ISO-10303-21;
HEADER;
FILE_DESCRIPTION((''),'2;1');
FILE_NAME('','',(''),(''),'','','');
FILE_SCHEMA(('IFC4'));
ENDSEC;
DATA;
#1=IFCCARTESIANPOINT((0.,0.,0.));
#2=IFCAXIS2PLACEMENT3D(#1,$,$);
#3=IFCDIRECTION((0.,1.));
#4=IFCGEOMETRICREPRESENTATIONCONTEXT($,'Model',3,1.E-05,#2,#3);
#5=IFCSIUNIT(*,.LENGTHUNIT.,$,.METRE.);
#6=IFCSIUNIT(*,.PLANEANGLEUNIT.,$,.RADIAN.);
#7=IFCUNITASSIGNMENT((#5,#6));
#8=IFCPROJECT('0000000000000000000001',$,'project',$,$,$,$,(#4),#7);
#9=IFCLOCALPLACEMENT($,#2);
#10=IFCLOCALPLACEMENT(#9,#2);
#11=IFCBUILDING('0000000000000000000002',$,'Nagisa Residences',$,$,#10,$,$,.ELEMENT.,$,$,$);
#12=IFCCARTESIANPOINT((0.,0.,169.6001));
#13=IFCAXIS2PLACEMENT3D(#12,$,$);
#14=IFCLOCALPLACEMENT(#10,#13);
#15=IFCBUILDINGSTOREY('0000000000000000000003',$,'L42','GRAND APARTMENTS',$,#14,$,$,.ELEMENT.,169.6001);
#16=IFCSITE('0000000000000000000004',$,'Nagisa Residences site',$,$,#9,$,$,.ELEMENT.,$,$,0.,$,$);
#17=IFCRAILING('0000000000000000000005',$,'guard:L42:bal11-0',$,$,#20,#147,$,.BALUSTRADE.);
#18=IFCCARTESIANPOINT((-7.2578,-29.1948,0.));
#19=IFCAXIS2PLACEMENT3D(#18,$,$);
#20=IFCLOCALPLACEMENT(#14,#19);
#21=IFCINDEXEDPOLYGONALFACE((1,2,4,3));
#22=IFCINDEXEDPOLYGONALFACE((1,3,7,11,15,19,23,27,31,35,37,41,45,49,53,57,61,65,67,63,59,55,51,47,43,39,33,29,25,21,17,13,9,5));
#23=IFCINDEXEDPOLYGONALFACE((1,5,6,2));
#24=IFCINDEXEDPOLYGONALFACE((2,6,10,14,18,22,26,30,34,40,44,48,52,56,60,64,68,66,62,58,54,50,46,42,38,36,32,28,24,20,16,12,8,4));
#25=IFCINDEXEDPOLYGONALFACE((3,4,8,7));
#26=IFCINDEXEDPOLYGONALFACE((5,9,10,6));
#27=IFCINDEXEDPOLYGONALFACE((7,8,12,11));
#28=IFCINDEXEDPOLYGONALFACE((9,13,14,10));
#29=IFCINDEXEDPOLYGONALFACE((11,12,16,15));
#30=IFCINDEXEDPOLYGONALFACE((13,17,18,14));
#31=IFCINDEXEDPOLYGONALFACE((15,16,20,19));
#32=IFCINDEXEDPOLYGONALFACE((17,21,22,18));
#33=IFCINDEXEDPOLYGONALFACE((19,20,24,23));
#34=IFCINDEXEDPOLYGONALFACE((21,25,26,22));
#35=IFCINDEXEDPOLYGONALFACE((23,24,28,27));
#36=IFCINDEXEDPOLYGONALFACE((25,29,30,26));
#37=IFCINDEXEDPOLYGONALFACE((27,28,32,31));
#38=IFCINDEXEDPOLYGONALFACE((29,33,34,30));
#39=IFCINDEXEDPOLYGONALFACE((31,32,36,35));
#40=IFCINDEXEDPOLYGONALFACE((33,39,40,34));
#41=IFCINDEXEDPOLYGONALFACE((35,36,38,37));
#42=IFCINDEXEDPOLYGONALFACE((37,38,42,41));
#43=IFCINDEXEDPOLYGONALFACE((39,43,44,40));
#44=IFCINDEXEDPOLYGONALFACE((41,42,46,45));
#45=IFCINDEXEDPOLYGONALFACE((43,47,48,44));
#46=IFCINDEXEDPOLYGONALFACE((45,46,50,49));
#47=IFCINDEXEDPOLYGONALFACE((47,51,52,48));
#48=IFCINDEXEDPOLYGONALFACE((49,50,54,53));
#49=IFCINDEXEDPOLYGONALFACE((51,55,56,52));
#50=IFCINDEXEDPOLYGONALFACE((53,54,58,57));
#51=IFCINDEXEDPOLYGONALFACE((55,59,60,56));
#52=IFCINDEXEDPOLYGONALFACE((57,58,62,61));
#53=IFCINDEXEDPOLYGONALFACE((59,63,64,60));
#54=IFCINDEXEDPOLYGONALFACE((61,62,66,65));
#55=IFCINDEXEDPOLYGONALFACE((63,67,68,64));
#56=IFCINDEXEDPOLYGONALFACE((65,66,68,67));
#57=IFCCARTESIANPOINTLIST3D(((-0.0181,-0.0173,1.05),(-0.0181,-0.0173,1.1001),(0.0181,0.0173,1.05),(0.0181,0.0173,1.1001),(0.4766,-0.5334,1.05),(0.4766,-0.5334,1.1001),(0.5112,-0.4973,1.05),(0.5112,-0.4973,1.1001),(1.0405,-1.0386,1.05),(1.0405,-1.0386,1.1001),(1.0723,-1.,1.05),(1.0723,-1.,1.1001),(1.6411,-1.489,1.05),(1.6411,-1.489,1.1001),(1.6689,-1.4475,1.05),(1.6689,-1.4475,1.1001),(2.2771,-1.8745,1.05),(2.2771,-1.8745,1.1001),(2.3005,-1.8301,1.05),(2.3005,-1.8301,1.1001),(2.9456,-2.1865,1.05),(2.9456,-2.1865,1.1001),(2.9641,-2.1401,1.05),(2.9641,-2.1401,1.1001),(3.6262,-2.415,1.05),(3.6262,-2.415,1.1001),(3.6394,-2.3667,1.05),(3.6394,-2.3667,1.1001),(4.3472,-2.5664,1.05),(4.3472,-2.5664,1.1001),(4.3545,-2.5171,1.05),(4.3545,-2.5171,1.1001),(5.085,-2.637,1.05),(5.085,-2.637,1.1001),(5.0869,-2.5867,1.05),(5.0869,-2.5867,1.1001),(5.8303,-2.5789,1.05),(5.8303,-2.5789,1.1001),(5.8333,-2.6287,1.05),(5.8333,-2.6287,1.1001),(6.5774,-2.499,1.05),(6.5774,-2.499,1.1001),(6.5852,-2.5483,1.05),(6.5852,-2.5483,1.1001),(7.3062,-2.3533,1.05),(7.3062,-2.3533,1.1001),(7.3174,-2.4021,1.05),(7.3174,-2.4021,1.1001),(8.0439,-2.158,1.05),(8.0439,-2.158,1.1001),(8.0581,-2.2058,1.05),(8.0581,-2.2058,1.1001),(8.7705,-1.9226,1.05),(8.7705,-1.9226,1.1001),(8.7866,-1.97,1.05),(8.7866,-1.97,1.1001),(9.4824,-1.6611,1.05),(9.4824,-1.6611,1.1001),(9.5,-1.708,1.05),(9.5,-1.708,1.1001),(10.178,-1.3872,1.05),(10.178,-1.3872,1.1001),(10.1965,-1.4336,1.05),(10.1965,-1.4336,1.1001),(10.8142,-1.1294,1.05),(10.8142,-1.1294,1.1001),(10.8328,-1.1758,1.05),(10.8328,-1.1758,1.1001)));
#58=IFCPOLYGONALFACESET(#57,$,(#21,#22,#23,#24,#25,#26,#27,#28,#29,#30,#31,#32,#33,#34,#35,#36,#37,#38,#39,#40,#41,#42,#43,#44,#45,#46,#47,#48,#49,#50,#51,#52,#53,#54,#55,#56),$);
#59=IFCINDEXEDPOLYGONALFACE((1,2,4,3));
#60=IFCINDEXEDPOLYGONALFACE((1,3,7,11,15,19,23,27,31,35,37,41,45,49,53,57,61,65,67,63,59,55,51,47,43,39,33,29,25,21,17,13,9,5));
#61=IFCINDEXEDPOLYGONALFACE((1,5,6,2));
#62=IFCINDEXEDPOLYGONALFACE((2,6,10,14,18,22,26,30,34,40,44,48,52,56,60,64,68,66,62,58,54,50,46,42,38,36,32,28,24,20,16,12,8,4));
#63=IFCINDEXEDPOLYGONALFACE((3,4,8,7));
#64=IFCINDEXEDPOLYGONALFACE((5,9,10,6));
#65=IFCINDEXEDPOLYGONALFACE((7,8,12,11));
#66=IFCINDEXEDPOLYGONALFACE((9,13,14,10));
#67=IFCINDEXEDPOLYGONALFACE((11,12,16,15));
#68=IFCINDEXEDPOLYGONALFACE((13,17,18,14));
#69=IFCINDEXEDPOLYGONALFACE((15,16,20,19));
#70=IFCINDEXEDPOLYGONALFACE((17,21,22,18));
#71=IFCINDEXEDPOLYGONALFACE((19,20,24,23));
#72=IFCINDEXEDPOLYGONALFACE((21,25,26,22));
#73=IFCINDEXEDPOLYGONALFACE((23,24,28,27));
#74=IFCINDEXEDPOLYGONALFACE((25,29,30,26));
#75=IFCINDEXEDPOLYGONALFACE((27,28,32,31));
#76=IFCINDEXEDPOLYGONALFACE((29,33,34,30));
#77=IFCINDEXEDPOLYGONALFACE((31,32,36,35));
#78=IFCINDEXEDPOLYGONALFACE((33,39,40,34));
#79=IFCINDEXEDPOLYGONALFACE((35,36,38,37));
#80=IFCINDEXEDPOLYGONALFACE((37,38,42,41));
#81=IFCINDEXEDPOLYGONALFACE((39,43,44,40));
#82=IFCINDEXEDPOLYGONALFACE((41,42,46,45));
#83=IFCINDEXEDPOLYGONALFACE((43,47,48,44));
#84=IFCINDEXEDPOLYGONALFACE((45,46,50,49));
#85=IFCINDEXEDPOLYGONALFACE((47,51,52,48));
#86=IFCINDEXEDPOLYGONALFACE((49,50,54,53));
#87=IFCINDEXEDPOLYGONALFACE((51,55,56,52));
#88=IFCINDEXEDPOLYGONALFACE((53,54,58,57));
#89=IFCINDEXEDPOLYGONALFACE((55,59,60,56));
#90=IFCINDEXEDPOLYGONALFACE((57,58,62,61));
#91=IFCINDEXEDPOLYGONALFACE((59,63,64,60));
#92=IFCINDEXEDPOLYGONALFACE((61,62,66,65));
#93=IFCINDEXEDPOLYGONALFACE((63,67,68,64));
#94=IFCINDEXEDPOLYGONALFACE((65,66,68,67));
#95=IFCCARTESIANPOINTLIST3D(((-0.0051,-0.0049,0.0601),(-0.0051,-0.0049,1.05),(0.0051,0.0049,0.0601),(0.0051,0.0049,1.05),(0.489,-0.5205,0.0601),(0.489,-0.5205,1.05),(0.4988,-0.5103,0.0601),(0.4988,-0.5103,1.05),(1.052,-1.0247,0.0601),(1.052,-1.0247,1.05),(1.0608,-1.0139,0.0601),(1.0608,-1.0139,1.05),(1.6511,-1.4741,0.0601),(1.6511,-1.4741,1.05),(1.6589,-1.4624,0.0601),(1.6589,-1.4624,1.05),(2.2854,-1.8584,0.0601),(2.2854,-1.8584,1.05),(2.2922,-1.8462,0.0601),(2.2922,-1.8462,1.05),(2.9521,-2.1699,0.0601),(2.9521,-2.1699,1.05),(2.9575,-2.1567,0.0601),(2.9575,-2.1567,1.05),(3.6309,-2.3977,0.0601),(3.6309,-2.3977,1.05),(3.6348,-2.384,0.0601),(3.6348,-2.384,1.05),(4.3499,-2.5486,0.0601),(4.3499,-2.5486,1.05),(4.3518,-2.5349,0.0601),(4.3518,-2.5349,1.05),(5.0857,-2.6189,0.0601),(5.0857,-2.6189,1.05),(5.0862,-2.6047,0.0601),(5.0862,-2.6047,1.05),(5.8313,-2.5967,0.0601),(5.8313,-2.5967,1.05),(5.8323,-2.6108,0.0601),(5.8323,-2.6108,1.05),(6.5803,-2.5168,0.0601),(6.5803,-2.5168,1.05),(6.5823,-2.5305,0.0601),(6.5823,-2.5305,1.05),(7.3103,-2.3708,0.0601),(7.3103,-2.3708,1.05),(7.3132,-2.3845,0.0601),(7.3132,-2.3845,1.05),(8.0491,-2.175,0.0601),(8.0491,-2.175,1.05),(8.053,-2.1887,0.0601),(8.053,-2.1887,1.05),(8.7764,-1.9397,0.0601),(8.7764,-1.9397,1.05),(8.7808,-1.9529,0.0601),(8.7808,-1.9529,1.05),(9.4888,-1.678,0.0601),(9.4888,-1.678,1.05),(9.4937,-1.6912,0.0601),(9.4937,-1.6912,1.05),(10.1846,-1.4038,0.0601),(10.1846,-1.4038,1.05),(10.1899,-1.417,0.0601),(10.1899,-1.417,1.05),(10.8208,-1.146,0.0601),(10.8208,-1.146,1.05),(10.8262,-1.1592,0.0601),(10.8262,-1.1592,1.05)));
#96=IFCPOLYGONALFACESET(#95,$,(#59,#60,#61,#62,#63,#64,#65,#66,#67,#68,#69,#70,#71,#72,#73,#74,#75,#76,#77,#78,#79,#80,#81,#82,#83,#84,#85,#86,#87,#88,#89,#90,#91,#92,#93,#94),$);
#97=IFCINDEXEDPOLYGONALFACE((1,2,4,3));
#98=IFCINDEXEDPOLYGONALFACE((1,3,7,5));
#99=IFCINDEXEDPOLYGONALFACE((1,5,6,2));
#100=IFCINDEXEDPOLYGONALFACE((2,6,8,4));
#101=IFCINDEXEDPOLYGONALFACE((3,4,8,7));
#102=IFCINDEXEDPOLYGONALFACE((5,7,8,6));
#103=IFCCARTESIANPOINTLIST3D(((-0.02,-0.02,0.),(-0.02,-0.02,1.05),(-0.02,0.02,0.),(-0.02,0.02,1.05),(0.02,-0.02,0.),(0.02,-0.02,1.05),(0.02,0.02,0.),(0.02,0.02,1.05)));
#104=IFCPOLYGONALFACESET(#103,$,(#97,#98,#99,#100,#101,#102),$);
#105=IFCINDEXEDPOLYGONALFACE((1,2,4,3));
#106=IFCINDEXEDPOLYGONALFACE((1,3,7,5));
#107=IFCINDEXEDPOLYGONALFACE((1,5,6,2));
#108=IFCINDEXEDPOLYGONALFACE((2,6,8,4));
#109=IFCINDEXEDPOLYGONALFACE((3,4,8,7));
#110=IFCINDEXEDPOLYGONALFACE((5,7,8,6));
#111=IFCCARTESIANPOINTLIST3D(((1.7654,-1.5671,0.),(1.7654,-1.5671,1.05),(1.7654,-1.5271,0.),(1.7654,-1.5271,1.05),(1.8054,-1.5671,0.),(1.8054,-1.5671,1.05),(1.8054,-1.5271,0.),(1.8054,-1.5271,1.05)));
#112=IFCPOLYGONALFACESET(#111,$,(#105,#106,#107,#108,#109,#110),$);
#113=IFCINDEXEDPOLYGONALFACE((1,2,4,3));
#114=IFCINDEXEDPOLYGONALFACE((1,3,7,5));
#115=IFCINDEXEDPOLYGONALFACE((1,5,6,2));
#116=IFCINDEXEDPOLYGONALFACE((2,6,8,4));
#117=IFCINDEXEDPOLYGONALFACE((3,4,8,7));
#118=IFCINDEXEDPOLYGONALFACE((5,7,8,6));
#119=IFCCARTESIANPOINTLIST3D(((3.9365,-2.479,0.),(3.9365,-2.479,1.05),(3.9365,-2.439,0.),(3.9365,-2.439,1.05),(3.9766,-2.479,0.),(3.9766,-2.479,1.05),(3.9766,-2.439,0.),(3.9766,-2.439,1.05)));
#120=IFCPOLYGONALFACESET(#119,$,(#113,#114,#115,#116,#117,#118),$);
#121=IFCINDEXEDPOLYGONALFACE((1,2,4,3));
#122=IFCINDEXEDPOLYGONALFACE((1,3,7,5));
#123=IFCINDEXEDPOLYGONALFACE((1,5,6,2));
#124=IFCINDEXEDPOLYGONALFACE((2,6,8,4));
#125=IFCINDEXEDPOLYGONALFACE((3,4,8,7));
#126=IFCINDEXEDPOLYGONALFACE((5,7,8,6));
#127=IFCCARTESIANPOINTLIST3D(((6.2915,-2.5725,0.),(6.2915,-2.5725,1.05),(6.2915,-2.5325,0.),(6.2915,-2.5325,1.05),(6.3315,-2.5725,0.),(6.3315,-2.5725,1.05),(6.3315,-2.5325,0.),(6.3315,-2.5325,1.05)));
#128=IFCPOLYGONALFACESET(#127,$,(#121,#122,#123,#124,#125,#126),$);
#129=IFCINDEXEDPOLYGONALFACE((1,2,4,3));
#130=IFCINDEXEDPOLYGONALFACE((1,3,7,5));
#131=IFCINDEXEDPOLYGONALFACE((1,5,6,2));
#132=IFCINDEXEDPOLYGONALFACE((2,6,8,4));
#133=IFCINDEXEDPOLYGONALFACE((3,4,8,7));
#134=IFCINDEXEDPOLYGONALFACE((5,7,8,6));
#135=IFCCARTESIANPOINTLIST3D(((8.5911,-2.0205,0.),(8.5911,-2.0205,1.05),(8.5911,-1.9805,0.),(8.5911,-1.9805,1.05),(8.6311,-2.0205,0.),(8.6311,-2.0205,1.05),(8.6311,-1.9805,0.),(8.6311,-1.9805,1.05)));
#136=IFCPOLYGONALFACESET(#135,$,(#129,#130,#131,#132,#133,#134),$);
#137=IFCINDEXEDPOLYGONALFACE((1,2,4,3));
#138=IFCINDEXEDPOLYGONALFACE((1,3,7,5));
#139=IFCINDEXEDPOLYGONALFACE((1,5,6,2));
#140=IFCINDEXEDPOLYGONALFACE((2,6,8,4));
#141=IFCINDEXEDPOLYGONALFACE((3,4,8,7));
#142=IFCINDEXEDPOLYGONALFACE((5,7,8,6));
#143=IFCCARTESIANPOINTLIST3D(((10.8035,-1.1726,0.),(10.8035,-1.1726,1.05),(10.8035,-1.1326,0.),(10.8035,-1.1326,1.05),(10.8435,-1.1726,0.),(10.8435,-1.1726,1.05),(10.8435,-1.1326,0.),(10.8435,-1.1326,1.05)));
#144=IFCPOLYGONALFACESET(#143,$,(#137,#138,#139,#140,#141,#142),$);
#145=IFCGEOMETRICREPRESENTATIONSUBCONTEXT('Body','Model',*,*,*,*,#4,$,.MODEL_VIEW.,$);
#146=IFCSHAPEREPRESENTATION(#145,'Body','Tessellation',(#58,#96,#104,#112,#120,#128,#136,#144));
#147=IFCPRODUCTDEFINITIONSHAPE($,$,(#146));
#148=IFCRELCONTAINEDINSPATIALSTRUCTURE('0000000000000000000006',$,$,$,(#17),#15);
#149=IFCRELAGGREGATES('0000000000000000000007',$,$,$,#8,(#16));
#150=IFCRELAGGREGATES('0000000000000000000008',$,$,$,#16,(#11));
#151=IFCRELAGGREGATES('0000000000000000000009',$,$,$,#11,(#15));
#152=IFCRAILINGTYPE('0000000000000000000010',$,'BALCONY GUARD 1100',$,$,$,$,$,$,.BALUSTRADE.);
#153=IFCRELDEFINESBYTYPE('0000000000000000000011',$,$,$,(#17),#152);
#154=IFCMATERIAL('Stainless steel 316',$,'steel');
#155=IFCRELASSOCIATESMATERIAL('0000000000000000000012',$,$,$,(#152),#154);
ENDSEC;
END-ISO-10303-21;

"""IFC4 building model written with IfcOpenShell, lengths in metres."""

from ifc_helpers import new_model, si_unit, direction, frame, origin, origin_2d, place, context, subcontext, project, spatial, polyline, rectangle, outline, extrude, material, type_object, element, save


model = new_model("IFC4")

# Units and contexts
model_context = context("Model", 3, precision=1e-05, world=origin(), true_north=direction((0.0, 1.0)))
body_context = subcontext(model_context, "Body", "Model", "MODEL_VIEW")
ifc_project = project(units=[si_unit("LENGTHUNIT", "METRE"), si_unit("PLANEANGLEUNIT", "RADIAN")], contexts=[model_context])

# Site, building, storey
site_placement = place(None, origin())
site = spatial("IfcSite", under=ifc_project, at=site_placement, Name="Nagisa Residences site", CompositionType="ELEMENT", RefElevation=0.0)
building_placement = place(site_placement, origin())
building = spatial("IfcBuilding", under=site, at=building_placement, Name="Nagisa Residences", CompositionType="ELEMENT")
storey_placement = place(building_placement, frame((0.0, 0.0, 169.6001)))
storey = spatial("IfcBuildingStorey", under=building, at=storey_placement, Name="L42", Description="GRAND APARTMENTS", CompositionType="ELEMENT", Elevation=169.6001)

# Railing
ifc_material_1 = material(Name="Stainless steel 316", Category="steel")
railing_type = type_object("IfcRailingType", Name="BALCONY GUARD 1100", PredefinedType="BALUSTRADE", material=ifc_material_1)
railing_placement = place(storey_placement, frame((-7.2578, -29.1948, 0.0)))
element("IfcRailing", 1, at=railing_placement, inside=storey, type_object=railing_type, Name="guard:L42:bal11-0", PredefinedType="BALUSTRADE", context=body_context, shape_type="SweptSolid", body=[
    extrude(outline(polyline([(0.5112, -0.4973), (0.0181, 0.0173), (-0.0181, -0.0173), (0.4766, -0.5334), (1.0405, -1.0386), (1.6411, -1.489), (2.2771, -1.8745), (2.9456, -2.1865), (3.6262, -2.415), (4.3472, -2.5664), (5.085, -2.637), (5.8333, -2.6287), (6.5852, -2.5483), (7.3174, -2.4021), (8.0581, -2.2058), (8.7866, -1.97), (9.5, -1.708), (10.1965, -1.4336), (10.8328, -1.1758), (10.8142, -1.1294), (10.178, -1.3872), (9.4824, -1.6611), (8.7705, -1.9226), (8.0439, -2.158), (7.3062, -2.3533), (6.5774, -2.499), (5.8303, -2.5789), (5.0869, -2.5867), (4.3545, -2.5171), (3.6394, -2.3667), (2.9641, -2.1401), (2.3005, -1.8301), (1.6689, -1.4475), (1.0723, -1.0), (0.5112, -0.4973)])), frame((0.0, 0.0, 1.05)), (0.0, 0.0, 1.0), 0.05),
    extrude(outline(polyline([(0.4988, -0.5103), (0.0051, 0.0049), (-0.0051, -0.0049), (0.489, -0.5205), (1.052, -1.0247), (1.6511, -1.4741), (2.2854, -1.8584), (2.9521, -2.1699), (3.6309, -2.3977), (4.3499, -2.5486), (5.0857, -2.6189), (5.8323, -2.6108), (6.5823, -2.5305), (7.3132, -2.3845), (8.053, -2.1887), (8.7808, -1.9529), (9.4937, -1.6912), (10.1899, -1.417), (10.8262, -1.1592), (10.8208, -1.146), (10.1846, -1.4038), (9.4888, -1.678), (8.7764, -1.9397), (8.0491, -2.175), (7.3103, -2.3708), (6.5803, -2.5168), (5.8313, -2.5967), (5.0862, -2.6047), (4.3518, -2.5349), (3.6348, -2.384), (2.9575, -2.1567), (2.2922, -1.8462), (1.6589, -1.4624), (1.0608, -1.0139), (0.4988, -0.5103)])), frame((0.0, 0.0, 0.0601)), (0.0, 0.0, 1.0), 0.99),
    extrude(rectangle(XDim=0.04, YDim=0.04, at=origin_2d()), origin(), (0.0, 0.0, 1.0), 1.05),
    extrude(rectangle(XDim=0.04, YDim=0.04, at=origin_2d()), frame((1.7854, -1.5471, 0.0)), (0.0, 0.0, 1.0), 1.05),
    extrude(rectangle(XDim=0.04, YDim=0.04, at=origin_2d()), frame((3.9565, -2.459, 0.0)), (0.0, 0.0, 1.0), 1.05),
    extrude(rectangle(XDim=0.04, YDim=0.04, at=origin_2d()), frame((6.3115, -2.5525, 0.0)), (0.0, 0.0, 1.0), 1.05),
    extrude(rectangle(XDim=0.04, YDim=0.04, at=origin_2d()), frame((8.6111, -2.0005, 0.0)), (0.0, 0.0, 1.0), 1.05),
    extrude(rectangle(XDim=0.04, YDim=0.04, at=origin_2d()), frame((10.8235, -1.1526, 0.0)), (0.0, 0.0, 1.0), 1.05),
])

save(model, "model.ifc")
